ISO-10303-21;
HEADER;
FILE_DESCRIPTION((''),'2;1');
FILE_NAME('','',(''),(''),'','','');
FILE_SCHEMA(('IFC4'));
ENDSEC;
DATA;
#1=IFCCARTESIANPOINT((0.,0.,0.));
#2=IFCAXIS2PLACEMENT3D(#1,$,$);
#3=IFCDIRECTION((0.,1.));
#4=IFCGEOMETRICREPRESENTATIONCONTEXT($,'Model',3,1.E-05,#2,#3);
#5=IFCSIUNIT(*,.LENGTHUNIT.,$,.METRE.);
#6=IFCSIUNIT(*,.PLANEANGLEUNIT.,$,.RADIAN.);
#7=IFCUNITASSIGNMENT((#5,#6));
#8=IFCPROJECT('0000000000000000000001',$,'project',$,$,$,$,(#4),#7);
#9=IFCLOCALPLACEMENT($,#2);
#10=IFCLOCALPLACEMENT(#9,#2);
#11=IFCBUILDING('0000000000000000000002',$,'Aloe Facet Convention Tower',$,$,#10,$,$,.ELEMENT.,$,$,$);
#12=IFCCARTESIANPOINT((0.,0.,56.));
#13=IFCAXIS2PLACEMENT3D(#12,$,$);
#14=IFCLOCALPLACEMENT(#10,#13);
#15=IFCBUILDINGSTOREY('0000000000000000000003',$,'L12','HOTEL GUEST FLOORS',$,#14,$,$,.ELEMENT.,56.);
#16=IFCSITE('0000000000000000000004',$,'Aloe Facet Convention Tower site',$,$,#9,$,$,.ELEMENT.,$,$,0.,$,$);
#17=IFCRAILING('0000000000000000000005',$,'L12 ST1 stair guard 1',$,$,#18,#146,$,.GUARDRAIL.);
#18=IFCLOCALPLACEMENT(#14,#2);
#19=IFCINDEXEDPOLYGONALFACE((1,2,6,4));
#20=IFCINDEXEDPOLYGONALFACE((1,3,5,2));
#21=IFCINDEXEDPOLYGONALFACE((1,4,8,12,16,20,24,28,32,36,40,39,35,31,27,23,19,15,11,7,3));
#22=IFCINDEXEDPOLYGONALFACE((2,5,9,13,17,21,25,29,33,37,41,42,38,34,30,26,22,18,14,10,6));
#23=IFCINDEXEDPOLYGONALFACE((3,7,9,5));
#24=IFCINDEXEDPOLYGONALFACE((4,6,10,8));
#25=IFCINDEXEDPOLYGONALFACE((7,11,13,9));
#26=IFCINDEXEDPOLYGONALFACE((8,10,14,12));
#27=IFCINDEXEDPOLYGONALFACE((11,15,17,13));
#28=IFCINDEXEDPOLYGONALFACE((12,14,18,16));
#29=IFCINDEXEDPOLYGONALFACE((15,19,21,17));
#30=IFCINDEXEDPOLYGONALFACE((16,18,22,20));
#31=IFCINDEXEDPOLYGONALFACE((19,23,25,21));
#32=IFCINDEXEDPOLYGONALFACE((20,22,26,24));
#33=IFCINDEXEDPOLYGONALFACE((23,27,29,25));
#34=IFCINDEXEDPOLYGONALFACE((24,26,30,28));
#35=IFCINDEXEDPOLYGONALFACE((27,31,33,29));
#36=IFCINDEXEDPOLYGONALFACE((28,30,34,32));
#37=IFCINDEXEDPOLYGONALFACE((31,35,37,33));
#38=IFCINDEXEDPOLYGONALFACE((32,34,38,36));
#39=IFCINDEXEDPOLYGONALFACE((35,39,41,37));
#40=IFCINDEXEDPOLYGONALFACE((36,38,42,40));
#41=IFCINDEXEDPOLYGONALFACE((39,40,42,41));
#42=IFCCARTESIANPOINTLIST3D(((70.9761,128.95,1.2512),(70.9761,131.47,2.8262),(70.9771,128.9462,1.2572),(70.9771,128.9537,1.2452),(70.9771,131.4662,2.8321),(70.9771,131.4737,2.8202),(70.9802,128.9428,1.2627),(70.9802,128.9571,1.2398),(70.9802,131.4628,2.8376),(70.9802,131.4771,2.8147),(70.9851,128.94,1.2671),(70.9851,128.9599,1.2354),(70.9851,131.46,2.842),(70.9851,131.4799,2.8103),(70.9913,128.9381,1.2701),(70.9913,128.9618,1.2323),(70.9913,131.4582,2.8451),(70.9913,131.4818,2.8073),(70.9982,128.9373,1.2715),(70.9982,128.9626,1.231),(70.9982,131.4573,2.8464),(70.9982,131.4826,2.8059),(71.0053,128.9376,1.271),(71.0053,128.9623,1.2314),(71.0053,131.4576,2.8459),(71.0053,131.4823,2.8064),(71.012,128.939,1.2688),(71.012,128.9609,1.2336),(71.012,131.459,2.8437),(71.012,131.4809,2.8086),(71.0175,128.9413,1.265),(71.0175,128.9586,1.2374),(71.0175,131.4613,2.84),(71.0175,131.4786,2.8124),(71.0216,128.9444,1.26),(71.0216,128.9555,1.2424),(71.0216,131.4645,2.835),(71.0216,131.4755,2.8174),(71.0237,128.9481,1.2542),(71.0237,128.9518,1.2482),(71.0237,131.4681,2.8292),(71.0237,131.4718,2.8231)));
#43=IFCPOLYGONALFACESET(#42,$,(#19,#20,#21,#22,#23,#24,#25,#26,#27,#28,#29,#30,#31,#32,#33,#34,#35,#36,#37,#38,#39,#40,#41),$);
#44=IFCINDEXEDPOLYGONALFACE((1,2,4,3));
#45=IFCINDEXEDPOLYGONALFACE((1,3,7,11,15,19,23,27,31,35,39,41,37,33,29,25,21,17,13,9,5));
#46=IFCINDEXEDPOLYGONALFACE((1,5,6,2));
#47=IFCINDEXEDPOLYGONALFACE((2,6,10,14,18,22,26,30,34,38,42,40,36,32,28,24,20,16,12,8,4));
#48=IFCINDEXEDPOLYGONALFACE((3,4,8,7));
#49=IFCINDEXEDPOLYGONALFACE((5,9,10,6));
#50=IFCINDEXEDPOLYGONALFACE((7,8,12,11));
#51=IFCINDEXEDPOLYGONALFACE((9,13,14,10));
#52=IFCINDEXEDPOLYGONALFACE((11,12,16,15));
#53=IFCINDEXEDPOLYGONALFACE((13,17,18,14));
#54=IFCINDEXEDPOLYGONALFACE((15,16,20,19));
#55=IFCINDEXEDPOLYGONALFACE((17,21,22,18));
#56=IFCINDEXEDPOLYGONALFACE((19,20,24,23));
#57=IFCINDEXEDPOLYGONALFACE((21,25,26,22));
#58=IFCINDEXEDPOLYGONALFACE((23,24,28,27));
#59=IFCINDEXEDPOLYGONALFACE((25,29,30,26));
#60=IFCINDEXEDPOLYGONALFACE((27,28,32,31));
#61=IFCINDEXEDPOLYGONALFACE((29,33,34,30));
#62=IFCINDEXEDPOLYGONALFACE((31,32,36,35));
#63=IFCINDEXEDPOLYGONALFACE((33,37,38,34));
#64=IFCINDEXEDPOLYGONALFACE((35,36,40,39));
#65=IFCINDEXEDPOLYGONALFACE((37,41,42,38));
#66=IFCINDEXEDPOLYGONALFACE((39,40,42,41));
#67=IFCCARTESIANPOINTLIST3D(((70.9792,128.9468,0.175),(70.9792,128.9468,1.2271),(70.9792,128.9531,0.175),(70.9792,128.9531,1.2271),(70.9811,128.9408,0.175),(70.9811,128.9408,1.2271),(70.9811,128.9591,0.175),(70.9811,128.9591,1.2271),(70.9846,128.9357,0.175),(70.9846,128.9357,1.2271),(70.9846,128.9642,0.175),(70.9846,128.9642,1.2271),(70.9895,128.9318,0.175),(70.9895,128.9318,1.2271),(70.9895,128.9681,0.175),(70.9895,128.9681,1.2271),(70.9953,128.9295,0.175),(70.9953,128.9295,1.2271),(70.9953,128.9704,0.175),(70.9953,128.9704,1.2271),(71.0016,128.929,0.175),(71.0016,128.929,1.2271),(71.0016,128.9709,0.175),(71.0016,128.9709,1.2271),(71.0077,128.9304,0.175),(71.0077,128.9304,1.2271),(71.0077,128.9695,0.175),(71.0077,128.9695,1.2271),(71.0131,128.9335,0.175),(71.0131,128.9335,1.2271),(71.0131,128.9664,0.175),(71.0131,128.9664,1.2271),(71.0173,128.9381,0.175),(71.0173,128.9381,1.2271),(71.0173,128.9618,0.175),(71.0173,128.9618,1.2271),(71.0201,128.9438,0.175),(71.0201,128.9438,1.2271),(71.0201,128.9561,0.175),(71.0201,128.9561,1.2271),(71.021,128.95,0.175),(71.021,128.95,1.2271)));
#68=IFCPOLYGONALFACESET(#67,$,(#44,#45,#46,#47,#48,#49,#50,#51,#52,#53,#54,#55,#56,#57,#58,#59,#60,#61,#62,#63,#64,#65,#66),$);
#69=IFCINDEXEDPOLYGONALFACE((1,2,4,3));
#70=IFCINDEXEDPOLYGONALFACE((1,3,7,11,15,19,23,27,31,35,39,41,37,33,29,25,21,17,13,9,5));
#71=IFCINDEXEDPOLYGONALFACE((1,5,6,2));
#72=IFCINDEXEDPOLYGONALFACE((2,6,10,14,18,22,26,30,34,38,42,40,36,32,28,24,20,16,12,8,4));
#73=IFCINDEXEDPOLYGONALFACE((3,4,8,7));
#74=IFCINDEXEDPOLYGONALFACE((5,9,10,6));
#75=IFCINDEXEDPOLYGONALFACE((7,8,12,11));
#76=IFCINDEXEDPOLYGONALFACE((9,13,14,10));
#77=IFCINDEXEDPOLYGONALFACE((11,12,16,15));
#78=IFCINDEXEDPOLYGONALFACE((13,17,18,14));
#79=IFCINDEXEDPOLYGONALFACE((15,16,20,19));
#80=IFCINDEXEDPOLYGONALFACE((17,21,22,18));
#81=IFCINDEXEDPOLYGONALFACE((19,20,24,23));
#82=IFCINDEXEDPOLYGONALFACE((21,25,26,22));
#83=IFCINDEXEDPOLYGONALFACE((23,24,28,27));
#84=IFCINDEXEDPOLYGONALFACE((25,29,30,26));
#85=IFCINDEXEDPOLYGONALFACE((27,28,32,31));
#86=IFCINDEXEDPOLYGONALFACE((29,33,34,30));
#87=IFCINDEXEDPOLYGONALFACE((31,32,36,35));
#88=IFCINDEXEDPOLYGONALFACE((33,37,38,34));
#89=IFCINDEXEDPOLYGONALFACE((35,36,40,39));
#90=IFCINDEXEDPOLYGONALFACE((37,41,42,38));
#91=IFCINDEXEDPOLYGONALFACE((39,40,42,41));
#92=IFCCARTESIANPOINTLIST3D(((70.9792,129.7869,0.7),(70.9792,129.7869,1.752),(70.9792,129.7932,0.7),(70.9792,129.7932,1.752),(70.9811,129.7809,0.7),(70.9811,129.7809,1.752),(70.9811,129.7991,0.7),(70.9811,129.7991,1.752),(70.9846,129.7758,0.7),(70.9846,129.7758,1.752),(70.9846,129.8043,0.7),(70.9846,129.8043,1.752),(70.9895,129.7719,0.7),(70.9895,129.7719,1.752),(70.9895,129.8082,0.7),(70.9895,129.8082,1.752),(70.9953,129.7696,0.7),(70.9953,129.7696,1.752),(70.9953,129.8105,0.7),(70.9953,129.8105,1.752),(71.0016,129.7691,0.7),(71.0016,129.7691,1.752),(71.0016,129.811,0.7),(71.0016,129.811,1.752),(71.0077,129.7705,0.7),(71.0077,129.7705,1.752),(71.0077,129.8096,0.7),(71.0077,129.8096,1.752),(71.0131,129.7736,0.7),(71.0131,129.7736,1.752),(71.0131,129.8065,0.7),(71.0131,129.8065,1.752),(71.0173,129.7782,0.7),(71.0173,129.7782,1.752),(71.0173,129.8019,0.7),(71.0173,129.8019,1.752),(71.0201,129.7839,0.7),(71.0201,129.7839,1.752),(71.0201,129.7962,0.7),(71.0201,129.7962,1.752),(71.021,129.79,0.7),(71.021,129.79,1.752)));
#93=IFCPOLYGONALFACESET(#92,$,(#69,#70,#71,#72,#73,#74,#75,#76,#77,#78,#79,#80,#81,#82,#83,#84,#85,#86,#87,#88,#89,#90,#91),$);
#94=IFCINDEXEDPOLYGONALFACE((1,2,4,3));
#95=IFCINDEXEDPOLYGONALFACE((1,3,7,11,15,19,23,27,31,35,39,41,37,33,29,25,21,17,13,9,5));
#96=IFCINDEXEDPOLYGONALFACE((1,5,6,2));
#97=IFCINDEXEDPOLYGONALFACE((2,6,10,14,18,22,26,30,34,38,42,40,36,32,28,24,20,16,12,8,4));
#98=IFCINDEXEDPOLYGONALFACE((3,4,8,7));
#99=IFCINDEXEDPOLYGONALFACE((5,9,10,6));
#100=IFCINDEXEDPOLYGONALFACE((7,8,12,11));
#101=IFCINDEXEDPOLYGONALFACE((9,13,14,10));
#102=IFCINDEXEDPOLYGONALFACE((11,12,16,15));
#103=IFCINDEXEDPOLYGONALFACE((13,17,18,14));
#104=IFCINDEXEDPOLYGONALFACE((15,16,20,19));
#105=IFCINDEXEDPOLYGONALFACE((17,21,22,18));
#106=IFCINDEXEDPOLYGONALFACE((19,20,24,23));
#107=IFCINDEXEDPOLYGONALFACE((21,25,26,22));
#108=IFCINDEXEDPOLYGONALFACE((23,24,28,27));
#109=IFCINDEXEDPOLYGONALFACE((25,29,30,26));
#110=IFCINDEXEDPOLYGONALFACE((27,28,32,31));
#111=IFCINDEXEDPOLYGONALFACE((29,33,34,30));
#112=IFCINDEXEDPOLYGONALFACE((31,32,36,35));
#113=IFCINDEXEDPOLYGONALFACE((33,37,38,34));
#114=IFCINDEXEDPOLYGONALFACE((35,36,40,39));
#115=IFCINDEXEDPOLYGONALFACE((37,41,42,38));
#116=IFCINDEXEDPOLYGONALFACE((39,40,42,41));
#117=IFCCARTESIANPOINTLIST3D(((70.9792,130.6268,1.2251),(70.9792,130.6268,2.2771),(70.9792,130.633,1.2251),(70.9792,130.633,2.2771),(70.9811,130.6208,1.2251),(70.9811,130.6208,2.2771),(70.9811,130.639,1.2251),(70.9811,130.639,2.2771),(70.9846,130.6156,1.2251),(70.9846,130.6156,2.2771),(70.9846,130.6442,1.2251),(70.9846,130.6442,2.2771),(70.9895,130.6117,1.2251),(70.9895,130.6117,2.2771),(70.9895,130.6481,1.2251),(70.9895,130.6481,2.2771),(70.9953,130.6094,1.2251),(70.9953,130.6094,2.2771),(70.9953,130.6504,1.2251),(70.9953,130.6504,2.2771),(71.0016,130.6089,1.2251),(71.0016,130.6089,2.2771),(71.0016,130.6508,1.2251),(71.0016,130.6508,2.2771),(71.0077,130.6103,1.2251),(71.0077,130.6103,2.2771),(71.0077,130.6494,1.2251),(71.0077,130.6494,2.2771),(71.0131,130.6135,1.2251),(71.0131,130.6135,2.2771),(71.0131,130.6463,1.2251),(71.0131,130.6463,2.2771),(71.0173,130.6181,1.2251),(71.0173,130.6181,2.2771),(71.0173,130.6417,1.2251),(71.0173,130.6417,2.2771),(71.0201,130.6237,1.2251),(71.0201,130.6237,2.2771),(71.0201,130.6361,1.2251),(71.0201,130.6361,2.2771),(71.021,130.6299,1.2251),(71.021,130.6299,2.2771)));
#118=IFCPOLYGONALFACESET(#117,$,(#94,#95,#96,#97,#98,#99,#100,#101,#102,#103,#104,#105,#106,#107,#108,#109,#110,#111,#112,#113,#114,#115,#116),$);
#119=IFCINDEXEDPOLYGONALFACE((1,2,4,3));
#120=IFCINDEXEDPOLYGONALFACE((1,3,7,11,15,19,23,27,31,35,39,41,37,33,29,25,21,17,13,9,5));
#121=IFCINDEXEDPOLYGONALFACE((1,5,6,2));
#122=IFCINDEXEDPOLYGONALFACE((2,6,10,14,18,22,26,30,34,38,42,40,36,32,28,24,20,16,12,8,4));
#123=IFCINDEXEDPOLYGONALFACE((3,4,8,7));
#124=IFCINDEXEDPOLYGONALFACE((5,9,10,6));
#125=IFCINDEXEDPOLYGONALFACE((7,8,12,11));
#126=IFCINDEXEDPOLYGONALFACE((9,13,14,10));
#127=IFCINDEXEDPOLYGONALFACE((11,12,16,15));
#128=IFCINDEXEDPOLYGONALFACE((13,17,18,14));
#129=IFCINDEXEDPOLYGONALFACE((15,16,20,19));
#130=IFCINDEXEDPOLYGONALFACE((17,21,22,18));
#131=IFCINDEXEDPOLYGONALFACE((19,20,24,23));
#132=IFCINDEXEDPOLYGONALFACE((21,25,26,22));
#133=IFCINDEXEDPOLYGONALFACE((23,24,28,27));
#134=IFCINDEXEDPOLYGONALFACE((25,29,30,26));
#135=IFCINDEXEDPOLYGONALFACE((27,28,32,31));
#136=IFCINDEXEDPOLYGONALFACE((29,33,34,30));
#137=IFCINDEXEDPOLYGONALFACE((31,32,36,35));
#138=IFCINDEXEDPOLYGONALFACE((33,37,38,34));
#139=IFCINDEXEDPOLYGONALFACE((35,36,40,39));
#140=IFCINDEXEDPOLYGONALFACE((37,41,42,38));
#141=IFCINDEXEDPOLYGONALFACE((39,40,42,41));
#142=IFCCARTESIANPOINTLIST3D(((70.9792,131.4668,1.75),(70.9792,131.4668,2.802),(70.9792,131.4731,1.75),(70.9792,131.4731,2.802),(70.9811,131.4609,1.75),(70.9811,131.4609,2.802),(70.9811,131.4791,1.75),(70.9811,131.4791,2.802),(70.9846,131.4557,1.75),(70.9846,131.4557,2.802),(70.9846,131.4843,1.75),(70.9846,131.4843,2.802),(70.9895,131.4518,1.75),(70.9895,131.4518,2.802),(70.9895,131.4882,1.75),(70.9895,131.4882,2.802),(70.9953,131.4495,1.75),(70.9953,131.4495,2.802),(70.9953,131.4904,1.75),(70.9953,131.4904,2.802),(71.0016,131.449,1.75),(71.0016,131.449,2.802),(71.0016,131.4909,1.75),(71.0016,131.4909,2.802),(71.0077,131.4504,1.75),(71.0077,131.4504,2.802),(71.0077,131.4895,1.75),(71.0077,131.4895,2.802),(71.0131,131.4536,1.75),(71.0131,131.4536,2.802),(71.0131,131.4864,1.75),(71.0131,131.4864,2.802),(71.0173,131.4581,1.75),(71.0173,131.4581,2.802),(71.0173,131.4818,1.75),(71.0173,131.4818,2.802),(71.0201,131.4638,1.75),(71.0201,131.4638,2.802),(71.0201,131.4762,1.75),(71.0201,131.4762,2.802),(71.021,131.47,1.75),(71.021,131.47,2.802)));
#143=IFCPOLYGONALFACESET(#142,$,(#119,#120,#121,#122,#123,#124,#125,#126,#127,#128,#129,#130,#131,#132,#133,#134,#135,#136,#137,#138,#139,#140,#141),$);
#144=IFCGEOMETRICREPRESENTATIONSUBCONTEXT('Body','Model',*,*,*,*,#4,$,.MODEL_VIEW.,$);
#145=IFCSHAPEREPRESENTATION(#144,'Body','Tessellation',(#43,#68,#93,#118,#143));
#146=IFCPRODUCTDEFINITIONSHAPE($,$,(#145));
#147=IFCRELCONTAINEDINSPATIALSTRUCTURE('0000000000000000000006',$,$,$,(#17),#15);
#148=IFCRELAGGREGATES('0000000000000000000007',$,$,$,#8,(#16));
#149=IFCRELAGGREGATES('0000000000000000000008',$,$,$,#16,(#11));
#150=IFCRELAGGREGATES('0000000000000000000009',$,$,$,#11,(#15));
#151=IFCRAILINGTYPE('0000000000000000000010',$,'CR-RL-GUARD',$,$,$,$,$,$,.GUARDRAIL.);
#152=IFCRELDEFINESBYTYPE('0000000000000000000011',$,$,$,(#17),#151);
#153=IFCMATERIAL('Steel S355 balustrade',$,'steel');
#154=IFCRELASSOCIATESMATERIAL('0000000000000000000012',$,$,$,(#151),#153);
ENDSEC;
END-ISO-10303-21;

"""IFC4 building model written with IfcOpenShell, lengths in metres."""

from ifc_helpers import new_model, si_unit, direction, frame, origin, origin_2d, place, context, subcontext, project, spatial, circle, extrude, material, type_object, element, save


model = new_model("IFC4")

# Units and contexts
model_context = context("Model", 3, precision=1e-05, world=origin(), true_north=direction((0.0, 1.0)))
body_context = subcontext(model_context, "Body", "Model", "MODEL_VIEW")
ifc_project = project(units=[si_unit("LENGTHUNIT", "METRE"), si_unit("PLANEANGLEUNIT", "RADIAN")], contexts=[model_context])

# Site, building, storey
site_placement = place(None, origin())
site = spatial("IfcSite", under=ifc_project, at=site_placement, Name="Aloe Facet Convention Tower site", CompositionType="ELEMENT", RefElevation=0.0)
building_placement = place(site_placement, origin())
building = spatial("IfcBuilding", under=site, at=building_placement, Name="Aloe Facet Convention Tower", CompositionType="ELEMENT")
storey_placement = place(building_placement, frame((0.0, 0.0, 56.0)))
storey = spatial("IfcBuildingStorey", under=building, at=storey_placement, Name="L12", Description="HOTEL GUEST FLOORS", CompositionType="ELEMENT", Elevation=56.0)

# Railing
ifc_material_1 = material(Name="Steel S355 balustrade", Category="steel")
railing_type_1 = type_object("IfcRailingType", Name="CR-RL-GUARD", PredefinedType="GUARDRAIL", material=ifc_material_1)
railing_1_placement = place(storey_placement, frame((71.0, 128.95, 0.175)))
element("IfcRailing", 1, at=railing_1_placement, inside=storey, type_object=railing_type_1, Name="L12 ST1 stair guard 1", PredefinedType="GUARDRAIL", context=body_context, shape_type="SweptSolid", body=[
    extrude(circle(Radius=0.0239, at=origin_2d()), frame((0.0, 0.0, 1.0762), z_axis=(0.0, 0.848008, 0.529984), x_axis=(-1.0, 0.0, 0.0)), (0.0, 0.0, 1.0), 2.9717),
    extrude(circle(Radius=0.021, at=origin_2d()), origin(), (0.0, 0.0, 1.0), 1.052),
    extrude(circle(Radius=0.021, at=origin_2d()), frame((0.0, 0.8401, 0.5249)), (0.0, 0.0, 1.0), 1.052),
    extrude(circle(Radius=0.021, at=origin_2d()), frame((0.0, 1.6799, 1.05)), (0.0, 0.0, 1.0), 1.052),
    extrude(circle(Radius=0.021, at=origin_2d()), frame((0.0, 2.52, 1.575)), (0.0, 0.0, 1.0), 1.052),
])

save(model, "model.ifc")
